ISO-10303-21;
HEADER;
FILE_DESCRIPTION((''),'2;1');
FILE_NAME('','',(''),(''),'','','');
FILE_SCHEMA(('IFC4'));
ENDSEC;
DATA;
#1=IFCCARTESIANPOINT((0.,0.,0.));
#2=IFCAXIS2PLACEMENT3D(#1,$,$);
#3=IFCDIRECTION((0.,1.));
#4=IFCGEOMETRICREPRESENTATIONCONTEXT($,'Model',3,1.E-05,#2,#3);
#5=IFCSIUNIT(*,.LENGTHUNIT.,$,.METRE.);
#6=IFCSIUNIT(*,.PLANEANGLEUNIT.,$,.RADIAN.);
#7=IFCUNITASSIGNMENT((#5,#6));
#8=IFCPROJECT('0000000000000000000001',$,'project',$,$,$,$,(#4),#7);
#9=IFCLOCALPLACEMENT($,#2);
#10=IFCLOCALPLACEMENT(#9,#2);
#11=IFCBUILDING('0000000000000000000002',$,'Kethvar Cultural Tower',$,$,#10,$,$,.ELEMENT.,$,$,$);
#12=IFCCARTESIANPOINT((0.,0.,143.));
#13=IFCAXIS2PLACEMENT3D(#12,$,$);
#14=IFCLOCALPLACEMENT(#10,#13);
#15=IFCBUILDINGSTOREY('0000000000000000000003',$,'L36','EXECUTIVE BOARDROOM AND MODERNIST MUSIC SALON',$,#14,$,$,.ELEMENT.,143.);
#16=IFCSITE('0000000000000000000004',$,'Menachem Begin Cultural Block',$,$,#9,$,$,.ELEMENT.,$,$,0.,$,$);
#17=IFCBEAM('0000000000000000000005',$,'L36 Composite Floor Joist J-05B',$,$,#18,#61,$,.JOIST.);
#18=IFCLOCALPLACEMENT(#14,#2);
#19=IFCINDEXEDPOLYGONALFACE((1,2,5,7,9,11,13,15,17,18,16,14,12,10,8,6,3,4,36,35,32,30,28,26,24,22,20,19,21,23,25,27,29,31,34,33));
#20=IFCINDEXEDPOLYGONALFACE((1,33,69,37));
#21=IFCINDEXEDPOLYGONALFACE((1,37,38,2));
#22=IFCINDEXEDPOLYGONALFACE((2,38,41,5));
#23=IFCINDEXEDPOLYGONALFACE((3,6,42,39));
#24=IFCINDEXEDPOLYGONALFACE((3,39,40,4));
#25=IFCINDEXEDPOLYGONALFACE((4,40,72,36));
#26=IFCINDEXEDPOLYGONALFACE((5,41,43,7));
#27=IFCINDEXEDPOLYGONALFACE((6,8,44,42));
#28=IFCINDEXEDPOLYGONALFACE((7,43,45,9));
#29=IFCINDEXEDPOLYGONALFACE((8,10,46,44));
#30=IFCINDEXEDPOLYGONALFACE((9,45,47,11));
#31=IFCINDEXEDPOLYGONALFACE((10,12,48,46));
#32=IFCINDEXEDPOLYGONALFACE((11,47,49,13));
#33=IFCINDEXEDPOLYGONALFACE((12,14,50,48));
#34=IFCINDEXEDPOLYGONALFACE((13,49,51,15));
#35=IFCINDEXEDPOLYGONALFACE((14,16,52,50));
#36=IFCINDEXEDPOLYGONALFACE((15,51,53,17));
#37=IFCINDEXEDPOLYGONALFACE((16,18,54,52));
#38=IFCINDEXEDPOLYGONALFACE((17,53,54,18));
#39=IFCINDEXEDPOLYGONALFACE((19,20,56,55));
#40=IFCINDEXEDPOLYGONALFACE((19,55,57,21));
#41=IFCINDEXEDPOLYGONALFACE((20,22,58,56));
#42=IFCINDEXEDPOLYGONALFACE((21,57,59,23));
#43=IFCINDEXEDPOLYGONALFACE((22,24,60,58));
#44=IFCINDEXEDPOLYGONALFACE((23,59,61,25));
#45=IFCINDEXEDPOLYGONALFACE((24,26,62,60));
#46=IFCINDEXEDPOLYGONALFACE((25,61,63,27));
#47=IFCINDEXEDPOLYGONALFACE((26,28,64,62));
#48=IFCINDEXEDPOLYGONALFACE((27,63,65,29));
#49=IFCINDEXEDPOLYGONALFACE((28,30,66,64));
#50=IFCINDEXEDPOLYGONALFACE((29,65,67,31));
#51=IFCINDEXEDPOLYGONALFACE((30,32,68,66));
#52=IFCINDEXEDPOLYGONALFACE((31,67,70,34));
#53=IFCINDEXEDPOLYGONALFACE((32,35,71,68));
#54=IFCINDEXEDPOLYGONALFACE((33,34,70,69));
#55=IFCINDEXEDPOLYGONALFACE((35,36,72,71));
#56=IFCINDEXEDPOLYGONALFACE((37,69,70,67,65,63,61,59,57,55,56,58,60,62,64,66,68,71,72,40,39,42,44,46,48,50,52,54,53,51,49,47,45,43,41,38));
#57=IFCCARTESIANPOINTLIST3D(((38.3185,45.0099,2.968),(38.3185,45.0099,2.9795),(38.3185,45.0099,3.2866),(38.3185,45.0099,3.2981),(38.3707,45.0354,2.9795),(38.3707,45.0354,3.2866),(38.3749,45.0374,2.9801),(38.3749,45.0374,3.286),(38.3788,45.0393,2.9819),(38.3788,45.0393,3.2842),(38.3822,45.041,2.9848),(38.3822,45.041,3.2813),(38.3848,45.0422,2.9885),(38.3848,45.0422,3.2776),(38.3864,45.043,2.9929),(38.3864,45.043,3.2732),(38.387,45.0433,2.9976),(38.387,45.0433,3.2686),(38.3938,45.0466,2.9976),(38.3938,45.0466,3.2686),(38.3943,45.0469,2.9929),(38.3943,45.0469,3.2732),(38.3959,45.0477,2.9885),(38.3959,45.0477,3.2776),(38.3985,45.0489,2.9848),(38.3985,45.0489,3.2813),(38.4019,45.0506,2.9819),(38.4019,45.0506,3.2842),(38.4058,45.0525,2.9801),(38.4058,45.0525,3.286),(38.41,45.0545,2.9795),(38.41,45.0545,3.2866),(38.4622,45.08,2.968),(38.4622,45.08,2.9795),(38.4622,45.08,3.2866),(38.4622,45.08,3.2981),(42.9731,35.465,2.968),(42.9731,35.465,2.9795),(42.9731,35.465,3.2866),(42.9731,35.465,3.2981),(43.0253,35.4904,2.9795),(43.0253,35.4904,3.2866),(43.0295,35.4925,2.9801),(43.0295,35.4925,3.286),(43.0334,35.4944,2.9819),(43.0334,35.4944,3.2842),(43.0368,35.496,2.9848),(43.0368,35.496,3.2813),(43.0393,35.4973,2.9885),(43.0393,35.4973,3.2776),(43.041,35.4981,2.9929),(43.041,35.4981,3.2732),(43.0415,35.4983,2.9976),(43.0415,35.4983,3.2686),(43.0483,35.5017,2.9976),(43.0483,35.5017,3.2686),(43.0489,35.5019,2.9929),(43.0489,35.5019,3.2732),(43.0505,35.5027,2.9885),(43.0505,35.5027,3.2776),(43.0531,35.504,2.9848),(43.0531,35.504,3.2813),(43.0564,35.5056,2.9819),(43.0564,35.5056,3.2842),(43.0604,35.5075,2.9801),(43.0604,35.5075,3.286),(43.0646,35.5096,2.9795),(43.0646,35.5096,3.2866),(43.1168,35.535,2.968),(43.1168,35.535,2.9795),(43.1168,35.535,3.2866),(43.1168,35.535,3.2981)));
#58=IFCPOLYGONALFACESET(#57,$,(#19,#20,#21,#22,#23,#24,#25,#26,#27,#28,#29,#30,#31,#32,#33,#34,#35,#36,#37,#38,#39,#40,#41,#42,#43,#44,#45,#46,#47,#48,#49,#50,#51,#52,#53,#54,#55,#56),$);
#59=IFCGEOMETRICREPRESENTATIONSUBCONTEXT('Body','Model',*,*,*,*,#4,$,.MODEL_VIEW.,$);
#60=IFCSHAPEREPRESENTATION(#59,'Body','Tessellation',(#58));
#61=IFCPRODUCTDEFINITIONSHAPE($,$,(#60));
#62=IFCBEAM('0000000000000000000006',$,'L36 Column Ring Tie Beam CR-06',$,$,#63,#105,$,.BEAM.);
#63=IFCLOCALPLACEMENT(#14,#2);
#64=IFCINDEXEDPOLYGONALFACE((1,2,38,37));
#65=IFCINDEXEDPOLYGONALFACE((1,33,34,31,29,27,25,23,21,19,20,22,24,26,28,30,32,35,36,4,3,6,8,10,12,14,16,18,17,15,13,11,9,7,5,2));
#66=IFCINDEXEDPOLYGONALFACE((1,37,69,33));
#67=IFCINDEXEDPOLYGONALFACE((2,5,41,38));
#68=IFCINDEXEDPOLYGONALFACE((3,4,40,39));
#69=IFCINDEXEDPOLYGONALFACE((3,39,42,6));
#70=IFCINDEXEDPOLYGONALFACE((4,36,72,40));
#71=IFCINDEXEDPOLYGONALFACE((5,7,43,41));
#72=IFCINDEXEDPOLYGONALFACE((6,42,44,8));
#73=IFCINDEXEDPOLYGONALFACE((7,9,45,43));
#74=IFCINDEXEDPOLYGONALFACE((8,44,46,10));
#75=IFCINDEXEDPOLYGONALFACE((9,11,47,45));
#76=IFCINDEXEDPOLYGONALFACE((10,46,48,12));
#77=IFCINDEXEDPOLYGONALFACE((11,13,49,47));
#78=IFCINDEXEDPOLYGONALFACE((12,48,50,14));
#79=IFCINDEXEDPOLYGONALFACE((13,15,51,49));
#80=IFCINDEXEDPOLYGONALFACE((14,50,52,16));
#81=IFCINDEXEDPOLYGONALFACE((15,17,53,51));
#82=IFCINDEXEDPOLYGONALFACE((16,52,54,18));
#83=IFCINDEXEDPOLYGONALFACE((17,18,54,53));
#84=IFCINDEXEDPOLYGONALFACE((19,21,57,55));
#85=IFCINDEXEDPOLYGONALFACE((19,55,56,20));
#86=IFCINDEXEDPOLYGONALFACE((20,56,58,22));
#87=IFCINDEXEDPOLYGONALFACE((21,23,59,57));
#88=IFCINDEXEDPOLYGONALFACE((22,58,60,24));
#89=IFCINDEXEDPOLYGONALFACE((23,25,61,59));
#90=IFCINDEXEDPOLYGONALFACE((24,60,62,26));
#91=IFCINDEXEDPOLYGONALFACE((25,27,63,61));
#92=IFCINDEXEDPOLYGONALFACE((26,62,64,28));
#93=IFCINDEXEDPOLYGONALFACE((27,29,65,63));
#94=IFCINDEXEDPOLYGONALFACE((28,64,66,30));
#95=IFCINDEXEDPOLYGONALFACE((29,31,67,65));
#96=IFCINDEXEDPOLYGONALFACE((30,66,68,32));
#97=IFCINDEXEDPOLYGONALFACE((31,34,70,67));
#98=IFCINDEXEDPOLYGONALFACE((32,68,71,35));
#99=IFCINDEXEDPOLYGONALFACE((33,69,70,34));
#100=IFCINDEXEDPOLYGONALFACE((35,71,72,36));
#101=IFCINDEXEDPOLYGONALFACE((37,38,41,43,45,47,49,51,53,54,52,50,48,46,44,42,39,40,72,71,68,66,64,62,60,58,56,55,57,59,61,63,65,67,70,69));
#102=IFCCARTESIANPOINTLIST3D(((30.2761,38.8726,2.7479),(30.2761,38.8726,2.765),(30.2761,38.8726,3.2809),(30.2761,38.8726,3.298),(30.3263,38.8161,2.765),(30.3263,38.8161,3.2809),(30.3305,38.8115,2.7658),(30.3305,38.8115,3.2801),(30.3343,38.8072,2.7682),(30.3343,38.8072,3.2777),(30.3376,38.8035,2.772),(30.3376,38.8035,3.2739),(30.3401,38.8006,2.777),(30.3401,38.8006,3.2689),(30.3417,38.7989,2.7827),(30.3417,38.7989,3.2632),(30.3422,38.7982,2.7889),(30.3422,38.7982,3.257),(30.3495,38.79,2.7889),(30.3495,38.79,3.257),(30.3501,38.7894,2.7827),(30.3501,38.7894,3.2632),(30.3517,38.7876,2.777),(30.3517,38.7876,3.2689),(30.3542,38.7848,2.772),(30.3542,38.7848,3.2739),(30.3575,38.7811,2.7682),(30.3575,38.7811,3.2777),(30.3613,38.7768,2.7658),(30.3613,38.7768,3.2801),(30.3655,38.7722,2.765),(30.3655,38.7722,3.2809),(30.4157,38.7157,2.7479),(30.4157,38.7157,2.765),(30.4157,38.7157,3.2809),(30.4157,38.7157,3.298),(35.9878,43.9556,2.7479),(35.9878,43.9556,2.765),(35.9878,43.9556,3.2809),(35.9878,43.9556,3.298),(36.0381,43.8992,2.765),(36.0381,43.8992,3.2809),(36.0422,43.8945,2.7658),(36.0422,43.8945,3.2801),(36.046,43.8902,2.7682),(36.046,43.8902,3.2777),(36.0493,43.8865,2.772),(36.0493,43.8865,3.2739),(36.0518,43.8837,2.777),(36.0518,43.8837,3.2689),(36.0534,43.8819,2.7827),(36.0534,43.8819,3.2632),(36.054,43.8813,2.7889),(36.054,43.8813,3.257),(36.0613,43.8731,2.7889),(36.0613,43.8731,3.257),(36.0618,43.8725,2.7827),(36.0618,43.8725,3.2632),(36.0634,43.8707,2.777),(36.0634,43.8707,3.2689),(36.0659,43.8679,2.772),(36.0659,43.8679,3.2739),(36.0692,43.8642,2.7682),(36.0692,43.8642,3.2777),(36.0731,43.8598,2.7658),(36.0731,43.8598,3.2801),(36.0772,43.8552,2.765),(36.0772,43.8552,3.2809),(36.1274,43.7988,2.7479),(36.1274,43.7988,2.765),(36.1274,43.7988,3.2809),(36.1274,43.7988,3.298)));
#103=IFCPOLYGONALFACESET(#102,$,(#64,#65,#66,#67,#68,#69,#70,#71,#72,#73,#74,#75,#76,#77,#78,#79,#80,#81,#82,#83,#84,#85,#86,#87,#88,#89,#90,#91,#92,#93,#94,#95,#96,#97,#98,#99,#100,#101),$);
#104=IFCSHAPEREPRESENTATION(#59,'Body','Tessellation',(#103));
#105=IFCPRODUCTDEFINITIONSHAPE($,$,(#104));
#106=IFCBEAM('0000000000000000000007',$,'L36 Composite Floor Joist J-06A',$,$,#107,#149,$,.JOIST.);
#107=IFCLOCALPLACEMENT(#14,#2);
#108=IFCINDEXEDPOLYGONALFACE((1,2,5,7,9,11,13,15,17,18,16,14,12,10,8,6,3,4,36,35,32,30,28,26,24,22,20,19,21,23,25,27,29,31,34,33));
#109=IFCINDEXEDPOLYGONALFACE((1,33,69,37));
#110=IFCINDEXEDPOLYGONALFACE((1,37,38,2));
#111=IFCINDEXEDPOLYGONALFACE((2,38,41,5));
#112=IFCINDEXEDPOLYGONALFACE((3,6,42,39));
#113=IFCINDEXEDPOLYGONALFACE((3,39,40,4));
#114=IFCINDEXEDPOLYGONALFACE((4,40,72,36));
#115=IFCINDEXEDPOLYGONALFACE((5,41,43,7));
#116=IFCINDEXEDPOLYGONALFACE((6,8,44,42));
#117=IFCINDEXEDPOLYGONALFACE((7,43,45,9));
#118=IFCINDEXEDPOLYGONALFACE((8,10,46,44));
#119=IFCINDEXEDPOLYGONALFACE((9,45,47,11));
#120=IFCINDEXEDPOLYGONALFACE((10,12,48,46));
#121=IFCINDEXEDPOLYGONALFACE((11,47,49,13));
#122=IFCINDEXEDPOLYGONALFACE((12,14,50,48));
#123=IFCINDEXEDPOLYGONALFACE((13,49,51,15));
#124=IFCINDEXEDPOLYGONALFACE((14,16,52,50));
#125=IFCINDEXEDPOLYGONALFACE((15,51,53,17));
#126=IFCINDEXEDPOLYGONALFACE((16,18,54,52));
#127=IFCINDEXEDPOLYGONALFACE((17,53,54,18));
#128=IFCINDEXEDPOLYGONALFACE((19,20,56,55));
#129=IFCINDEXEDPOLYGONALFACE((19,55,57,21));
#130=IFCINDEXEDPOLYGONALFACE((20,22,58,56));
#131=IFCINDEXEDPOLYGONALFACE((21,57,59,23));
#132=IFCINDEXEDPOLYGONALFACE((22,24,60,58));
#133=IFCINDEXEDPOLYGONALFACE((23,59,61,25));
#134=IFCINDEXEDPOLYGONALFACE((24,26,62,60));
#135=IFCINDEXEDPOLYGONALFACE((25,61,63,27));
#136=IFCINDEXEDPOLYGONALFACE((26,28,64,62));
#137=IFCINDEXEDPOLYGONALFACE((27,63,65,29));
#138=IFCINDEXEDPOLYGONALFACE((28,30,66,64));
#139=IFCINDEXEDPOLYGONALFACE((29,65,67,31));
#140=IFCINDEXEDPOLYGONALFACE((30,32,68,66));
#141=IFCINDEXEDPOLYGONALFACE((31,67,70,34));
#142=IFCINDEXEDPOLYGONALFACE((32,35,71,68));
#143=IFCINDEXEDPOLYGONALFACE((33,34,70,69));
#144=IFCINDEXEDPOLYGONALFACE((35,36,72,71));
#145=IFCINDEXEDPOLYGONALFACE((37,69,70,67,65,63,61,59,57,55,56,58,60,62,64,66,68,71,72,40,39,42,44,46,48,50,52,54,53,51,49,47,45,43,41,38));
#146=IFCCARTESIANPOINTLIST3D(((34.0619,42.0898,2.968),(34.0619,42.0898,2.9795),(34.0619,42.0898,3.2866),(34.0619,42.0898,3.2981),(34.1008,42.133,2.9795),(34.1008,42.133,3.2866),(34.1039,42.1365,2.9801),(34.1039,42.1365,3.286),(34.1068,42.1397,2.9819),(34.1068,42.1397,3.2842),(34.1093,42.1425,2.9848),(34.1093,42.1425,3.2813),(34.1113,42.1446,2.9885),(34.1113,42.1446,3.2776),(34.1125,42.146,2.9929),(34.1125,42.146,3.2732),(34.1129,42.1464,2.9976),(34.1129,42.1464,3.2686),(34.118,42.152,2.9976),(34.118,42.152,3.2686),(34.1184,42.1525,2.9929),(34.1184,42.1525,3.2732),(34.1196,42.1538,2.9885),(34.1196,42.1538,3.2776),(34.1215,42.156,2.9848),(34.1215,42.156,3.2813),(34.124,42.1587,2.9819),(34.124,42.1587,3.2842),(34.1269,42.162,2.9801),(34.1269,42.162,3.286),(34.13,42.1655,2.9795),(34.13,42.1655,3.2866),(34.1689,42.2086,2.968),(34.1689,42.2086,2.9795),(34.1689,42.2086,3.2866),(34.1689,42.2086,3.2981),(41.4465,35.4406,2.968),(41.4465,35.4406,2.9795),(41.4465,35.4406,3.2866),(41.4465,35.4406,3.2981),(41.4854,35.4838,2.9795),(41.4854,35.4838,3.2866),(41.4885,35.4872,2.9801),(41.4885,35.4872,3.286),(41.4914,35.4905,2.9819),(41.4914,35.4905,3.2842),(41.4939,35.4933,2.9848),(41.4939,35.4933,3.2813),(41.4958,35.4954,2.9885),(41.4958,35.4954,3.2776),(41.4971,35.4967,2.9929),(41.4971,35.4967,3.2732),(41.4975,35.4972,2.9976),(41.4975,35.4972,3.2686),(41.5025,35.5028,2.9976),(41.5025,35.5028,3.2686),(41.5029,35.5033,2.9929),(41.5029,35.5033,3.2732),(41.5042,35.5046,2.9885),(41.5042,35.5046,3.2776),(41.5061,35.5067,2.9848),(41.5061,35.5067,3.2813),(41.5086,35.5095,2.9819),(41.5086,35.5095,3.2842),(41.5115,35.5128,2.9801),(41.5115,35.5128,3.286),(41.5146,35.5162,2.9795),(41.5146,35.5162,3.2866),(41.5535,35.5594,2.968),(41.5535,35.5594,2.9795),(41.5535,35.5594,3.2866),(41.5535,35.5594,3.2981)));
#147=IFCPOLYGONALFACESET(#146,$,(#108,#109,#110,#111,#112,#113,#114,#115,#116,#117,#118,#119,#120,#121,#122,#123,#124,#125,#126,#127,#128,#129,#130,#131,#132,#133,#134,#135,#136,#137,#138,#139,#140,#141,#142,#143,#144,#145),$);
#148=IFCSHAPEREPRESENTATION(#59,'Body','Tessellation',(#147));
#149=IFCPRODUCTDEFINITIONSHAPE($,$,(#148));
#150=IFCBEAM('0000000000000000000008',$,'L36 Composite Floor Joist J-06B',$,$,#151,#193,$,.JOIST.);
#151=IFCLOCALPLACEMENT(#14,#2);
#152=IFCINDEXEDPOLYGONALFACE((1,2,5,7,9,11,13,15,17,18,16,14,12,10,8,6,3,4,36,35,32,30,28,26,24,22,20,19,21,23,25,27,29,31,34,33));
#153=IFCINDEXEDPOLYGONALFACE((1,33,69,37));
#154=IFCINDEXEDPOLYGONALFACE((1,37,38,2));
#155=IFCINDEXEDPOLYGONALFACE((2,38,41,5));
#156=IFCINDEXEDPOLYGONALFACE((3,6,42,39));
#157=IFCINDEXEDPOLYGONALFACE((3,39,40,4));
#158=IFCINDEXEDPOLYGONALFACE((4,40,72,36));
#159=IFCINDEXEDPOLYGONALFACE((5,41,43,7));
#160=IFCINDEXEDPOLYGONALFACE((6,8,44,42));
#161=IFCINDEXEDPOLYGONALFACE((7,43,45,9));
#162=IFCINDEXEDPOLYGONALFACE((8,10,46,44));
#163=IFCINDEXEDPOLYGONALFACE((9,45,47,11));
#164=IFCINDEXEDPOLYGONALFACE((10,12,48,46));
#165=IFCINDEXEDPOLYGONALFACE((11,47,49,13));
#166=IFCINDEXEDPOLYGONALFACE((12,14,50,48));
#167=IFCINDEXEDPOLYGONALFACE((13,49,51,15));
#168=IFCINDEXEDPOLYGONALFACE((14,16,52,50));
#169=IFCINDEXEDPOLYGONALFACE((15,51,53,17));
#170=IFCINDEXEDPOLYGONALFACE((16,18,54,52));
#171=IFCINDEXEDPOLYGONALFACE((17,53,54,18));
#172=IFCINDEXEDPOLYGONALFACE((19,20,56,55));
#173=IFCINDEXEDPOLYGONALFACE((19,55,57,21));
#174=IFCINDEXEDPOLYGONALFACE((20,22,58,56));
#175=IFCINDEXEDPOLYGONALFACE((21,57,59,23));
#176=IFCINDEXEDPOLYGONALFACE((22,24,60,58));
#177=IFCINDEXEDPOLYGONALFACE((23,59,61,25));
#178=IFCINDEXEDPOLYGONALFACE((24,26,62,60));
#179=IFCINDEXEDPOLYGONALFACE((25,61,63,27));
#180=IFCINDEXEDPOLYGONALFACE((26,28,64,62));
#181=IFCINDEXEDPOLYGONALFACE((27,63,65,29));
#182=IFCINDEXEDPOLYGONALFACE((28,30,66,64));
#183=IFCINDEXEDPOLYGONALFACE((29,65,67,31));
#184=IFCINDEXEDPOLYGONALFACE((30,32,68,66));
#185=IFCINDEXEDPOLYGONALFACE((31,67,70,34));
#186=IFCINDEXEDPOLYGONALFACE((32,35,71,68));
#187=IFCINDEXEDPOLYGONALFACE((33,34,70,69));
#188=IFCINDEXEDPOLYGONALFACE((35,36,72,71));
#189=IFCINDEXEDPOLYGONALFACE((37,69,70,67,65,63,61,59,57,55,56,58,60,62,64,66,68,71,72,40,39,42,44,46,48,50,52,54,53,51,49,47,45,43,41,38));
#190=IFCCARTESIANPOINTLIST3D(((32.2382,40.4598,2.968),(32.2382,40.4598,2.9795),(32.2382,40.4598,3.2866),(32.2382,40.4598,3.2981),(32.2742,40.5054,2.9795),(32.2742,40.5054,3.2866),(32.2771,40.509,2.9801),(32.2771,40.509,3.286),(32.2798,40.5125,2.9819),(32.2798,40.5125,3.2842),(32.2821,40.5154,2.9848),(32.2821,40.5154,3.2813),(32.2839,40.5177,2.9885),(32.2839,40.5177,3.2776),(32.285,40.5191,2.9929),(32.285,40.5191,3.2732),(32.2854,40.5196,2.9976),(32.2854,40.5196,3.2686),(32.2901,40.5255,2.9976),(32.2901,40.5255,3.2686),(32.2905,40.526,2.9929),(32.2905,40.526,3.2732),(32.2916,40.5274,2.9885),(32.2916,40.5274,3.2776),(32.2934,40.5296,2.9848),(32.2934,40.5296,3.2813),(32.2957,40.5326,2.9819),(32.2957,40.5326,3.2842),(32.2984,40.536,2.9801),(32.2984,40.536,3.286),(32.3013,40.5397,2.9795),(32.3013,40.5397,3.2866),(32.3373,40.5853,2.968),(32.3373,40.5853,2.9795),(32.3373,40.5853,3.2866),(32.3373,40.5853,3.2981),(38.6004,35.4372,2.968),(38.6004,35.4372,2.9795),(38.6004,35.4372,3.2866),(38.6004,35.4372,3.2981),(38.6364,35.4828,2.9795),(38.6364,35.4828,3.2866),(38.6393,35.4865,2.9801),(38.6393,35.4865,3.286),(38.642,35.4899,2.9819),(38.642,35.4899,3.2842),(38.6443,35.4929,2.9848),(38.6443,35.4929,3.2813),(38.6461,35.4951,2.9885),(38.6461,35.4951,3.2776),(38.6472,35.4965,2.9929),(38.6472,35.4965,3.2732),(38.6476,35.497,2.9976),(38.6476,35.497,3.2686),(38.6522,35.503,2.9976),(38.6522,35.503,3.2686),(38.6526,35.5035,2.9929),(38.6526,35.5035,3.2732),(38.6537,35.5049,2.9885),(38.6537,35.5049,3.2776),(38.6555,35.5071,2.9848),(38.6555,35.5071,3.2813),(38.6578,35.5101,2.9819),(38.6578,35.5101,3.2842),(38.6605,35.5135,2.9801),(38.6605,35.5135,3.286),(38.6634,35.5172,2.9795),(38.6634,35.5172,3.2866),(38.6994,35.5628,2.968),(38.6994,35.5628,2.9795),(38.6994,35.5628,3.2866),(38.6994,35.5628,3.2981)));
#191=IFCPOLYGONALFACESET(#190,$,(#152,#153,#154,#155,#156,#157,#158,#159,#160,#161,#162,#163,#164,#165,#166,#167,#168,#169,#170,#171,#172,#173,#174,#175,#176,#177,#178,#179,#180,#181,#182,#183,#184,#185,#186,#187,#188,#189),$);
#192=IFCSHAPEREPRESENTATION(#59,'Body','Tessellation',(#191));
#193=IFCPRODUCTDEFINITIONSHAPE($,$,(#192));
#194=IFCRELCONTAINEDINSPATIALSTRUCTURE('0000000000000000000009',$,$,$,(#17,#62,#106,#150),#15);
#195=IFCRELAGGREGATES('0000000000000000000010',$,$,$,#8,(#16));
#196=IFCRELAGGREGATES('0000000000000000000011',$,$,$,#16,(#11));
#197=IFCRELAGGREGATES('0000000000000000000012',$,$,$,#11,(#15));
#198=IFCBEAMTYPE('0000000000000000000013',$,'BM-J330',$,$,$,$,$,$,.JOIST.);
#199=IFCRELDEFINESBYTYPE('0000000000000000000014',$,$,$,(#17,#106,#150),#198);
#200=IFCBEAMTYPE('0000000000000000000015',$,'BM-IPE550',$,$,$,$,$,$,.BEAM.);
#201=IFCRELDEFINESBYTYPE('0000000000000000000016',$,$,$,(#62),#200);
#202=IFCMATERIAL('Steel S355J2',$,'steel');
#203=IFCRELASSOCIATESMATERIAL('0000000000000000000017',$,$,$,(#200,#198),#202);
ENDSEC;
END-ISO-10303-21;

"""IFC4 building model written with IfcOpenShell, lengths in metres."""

from ifc_helpers import new_model, si_unit, direction, frame, origin, origin_2d, place, context, subcontext, project, spatial, i_section, extrude, source, transform, mapped, material, material_profile, profile_set, type_object, element, save


model = new_model("IFC4")

# Units and contexts
model_context = context("Model", 3, precision=1e-05, world=origin(), true_north=direction((0.0, 1.0)))
body_context = subcontext(model_context, "Body", "Model", "MODEL_VIEW")
ifc_project = project(units=[si_unit("LENGTHUNIT", "METRE"), si_unit("PLANEANGLEUNIT", "RADIAN")], contexts=[model_context])

# Site, building, storey
site_placement = place(None, origin())
site = spatial("IfcSite", under=ifc_project, at=site_placement, Name="Menachem Begin Cultural Block", CompositionType="ELEMENT", RefElevation=0.0)
building_placement = place(site_placement, origin())
building = spatial("IfcBuilding", under=site, at=building_placement, Name="Kethvar Cultural Tower", CompositionType="ELEMENT")
storey_placement = place(building_placement, frame((0.0, 0.0, 143.0)))
storey = spatial("IfcBuildingStorey", under=building, at=storey_placement, Name="L36", Description="EXECUTIVE BOARDROOM AND MODERNIST MUSIC SALON", CompositionType="ELEMENT", Elevation=143.0)

# Beams
ifc_material_1 = material(Name="Steel S355J2", Category="steel")
ifc_material_profile_1 = material_profile(ifc_material_1, i_section(OverallWidth=0.21, OverallDepth=0.55, WebThickness=0.011, FlangeThickness=0.0171, FilletRadius=0.0239, at=origin_2d()), Name="Steel S355J2 — IPE550")
ifc_profile_set_1 = profile_set([ifc_material_profile_1], Name="Steel S355J2 — IPE550")
beam_type_1 = type_object("IfcBeamType", Name="BM-IPE550", PredefinedType="BEAM", material=ifc_profile_set_1)
ifc_material_profile_2 = material_profile(ifc_material_1, i_section(OverallWidth=0.1599, OverallDepth=0.3301, WebThickness=0.0076, FlangeThickness=0.0115, FilletRadius=0.0181, at=origin_2d()), Name="Steel S355J2 — IPE330")
ifc_profile_set_2 = profile_set([ifc_material_profile_2], Name="Steel S355J2 — IPE330")
beam_type_2 = type_object("IfcBeamType", Name="BM-J330", PredefinedType="JOIST", material=ifc_profile_set_2)
shared_shape_1 = source(origin(), body_context, "Body", "SweptSolid", [
    extrude(i_section(OverallWidth=0.1599, OverallDepth=0.3301, WebThickness=0.0076, FlangeThickness=0.0115, FilletRadius=0.0181, at=origin_2d()), origin(), (0.0, 0.0, 1.0), 10.6194),
])
beam_1_placement = place(storey_placement, frame((43.0449, 35.5, 3.1331), z_axis=(-0.438308, 0.898825, 0.0), x_axis=(-0.898825, -0.438308, 0.0)))
element("IfcBeam", 1, at=beam_1_placement, inside=storey, type_object=beam_type_2, Name="L36 Composite Floor Joist J-05B", PredefinedType="JOIST", context=body_context, shape_type="MappedRepresentation", body=[
    mapped(shared_shape_1, transform((0.0, 0.0, 0.0), scale=1.0)),
])
shared_shape_2 = source(origin(), body_context, "Body", "SweptSolid", [
    extrude(i_section(OverallWidth=0.21, OverallDepth=0.55, WebThickness=0.011, FlangeThickness=0.0171, FilletRadius=0.0239, at=origin_2d()), origin(), (0.0, 0.0, 1.0), 7.646),
])
beam_2_placement = place(storey_placement, frame((36.0576, 43.8772, 3.0229), z_axis=(-0.747022, -0.6648, 0.0), x_axis=(0.6648, -0.747022, 0.0)))
element("IfcBeam", 2, at=beam_2_placement, inside=storey, type_object=beam_type_1, Name="L36 Column Ring Tie Beam CR-06", PredefinedType="BEAM", context=body_context, shape_type="MappedRepresentation", body=[
    mapped(shared_shape_2, transform((0.0, 0.0, 0.0), scale=1.0)),
])
shared_shape_3 = source(origin(), body_context, "Body", "SweptSolid", [
    extrude(i_section(OverallWidth=0.1599, OverallDepth=0.3301, WebThickness=0.0076, FlangeThickness=0.0115, FilletRadius=0.0181, at=origin_2d()), origin(), (0.0, 0.0, 1.0), 9.937),
])
beam_3_placement = place(storey_placement, frame((41.5, 35.5, 3.1331), z_axis=(-0.743139, 0.669137, 0.0), x_axis=(-0.669137, -0.743139, 0.0)))
element("IfcBeam", 3, at=beam_3_placement, inside=storey, type_object=beam_type_2, Name="L36 Composite Floor Joist J-06A", PredefinedType="JOIST", context=body_context, shape_type="MappedRepresentation", body=[
    mapped(shared_shape_3, transform((0.0, 0.0, 0.0), scale=1.0)),
])
shared_shape_4 = source(origin(), body_context, "Body", "SweptSolid", [
    extrude(i_section(OverallWidth=0.1599, OverallDepth=0.3301, WebThickness=0.0076, FlangeThickness=0.0115, FilletRadius=0.0181, at=origin_2d()), origin(), (0.0, 0.0, 1.0), 8.1057),
])
beam_4_placement = place(storey_placement, frame((38.6499, 35.5, 3.1331), z_axis=(-0.784896, 0.619628, 0.0), x_axis=(-0.619628, -0.784896, 0.0)))
element("IfcBeam", 4, at=beam_4_placement, inside=storey, type_object=beam_type_2, Name="L36 Composite Floor Joist J-06B", PredefinedType="JOIST", context=body_context, shape_type="MappedRepresentation", body=[
    mapped(shared_shape_4, transform((0.0, 0.0, 0.0), scale=1.0)),
])

save(model, "model.ifc")
